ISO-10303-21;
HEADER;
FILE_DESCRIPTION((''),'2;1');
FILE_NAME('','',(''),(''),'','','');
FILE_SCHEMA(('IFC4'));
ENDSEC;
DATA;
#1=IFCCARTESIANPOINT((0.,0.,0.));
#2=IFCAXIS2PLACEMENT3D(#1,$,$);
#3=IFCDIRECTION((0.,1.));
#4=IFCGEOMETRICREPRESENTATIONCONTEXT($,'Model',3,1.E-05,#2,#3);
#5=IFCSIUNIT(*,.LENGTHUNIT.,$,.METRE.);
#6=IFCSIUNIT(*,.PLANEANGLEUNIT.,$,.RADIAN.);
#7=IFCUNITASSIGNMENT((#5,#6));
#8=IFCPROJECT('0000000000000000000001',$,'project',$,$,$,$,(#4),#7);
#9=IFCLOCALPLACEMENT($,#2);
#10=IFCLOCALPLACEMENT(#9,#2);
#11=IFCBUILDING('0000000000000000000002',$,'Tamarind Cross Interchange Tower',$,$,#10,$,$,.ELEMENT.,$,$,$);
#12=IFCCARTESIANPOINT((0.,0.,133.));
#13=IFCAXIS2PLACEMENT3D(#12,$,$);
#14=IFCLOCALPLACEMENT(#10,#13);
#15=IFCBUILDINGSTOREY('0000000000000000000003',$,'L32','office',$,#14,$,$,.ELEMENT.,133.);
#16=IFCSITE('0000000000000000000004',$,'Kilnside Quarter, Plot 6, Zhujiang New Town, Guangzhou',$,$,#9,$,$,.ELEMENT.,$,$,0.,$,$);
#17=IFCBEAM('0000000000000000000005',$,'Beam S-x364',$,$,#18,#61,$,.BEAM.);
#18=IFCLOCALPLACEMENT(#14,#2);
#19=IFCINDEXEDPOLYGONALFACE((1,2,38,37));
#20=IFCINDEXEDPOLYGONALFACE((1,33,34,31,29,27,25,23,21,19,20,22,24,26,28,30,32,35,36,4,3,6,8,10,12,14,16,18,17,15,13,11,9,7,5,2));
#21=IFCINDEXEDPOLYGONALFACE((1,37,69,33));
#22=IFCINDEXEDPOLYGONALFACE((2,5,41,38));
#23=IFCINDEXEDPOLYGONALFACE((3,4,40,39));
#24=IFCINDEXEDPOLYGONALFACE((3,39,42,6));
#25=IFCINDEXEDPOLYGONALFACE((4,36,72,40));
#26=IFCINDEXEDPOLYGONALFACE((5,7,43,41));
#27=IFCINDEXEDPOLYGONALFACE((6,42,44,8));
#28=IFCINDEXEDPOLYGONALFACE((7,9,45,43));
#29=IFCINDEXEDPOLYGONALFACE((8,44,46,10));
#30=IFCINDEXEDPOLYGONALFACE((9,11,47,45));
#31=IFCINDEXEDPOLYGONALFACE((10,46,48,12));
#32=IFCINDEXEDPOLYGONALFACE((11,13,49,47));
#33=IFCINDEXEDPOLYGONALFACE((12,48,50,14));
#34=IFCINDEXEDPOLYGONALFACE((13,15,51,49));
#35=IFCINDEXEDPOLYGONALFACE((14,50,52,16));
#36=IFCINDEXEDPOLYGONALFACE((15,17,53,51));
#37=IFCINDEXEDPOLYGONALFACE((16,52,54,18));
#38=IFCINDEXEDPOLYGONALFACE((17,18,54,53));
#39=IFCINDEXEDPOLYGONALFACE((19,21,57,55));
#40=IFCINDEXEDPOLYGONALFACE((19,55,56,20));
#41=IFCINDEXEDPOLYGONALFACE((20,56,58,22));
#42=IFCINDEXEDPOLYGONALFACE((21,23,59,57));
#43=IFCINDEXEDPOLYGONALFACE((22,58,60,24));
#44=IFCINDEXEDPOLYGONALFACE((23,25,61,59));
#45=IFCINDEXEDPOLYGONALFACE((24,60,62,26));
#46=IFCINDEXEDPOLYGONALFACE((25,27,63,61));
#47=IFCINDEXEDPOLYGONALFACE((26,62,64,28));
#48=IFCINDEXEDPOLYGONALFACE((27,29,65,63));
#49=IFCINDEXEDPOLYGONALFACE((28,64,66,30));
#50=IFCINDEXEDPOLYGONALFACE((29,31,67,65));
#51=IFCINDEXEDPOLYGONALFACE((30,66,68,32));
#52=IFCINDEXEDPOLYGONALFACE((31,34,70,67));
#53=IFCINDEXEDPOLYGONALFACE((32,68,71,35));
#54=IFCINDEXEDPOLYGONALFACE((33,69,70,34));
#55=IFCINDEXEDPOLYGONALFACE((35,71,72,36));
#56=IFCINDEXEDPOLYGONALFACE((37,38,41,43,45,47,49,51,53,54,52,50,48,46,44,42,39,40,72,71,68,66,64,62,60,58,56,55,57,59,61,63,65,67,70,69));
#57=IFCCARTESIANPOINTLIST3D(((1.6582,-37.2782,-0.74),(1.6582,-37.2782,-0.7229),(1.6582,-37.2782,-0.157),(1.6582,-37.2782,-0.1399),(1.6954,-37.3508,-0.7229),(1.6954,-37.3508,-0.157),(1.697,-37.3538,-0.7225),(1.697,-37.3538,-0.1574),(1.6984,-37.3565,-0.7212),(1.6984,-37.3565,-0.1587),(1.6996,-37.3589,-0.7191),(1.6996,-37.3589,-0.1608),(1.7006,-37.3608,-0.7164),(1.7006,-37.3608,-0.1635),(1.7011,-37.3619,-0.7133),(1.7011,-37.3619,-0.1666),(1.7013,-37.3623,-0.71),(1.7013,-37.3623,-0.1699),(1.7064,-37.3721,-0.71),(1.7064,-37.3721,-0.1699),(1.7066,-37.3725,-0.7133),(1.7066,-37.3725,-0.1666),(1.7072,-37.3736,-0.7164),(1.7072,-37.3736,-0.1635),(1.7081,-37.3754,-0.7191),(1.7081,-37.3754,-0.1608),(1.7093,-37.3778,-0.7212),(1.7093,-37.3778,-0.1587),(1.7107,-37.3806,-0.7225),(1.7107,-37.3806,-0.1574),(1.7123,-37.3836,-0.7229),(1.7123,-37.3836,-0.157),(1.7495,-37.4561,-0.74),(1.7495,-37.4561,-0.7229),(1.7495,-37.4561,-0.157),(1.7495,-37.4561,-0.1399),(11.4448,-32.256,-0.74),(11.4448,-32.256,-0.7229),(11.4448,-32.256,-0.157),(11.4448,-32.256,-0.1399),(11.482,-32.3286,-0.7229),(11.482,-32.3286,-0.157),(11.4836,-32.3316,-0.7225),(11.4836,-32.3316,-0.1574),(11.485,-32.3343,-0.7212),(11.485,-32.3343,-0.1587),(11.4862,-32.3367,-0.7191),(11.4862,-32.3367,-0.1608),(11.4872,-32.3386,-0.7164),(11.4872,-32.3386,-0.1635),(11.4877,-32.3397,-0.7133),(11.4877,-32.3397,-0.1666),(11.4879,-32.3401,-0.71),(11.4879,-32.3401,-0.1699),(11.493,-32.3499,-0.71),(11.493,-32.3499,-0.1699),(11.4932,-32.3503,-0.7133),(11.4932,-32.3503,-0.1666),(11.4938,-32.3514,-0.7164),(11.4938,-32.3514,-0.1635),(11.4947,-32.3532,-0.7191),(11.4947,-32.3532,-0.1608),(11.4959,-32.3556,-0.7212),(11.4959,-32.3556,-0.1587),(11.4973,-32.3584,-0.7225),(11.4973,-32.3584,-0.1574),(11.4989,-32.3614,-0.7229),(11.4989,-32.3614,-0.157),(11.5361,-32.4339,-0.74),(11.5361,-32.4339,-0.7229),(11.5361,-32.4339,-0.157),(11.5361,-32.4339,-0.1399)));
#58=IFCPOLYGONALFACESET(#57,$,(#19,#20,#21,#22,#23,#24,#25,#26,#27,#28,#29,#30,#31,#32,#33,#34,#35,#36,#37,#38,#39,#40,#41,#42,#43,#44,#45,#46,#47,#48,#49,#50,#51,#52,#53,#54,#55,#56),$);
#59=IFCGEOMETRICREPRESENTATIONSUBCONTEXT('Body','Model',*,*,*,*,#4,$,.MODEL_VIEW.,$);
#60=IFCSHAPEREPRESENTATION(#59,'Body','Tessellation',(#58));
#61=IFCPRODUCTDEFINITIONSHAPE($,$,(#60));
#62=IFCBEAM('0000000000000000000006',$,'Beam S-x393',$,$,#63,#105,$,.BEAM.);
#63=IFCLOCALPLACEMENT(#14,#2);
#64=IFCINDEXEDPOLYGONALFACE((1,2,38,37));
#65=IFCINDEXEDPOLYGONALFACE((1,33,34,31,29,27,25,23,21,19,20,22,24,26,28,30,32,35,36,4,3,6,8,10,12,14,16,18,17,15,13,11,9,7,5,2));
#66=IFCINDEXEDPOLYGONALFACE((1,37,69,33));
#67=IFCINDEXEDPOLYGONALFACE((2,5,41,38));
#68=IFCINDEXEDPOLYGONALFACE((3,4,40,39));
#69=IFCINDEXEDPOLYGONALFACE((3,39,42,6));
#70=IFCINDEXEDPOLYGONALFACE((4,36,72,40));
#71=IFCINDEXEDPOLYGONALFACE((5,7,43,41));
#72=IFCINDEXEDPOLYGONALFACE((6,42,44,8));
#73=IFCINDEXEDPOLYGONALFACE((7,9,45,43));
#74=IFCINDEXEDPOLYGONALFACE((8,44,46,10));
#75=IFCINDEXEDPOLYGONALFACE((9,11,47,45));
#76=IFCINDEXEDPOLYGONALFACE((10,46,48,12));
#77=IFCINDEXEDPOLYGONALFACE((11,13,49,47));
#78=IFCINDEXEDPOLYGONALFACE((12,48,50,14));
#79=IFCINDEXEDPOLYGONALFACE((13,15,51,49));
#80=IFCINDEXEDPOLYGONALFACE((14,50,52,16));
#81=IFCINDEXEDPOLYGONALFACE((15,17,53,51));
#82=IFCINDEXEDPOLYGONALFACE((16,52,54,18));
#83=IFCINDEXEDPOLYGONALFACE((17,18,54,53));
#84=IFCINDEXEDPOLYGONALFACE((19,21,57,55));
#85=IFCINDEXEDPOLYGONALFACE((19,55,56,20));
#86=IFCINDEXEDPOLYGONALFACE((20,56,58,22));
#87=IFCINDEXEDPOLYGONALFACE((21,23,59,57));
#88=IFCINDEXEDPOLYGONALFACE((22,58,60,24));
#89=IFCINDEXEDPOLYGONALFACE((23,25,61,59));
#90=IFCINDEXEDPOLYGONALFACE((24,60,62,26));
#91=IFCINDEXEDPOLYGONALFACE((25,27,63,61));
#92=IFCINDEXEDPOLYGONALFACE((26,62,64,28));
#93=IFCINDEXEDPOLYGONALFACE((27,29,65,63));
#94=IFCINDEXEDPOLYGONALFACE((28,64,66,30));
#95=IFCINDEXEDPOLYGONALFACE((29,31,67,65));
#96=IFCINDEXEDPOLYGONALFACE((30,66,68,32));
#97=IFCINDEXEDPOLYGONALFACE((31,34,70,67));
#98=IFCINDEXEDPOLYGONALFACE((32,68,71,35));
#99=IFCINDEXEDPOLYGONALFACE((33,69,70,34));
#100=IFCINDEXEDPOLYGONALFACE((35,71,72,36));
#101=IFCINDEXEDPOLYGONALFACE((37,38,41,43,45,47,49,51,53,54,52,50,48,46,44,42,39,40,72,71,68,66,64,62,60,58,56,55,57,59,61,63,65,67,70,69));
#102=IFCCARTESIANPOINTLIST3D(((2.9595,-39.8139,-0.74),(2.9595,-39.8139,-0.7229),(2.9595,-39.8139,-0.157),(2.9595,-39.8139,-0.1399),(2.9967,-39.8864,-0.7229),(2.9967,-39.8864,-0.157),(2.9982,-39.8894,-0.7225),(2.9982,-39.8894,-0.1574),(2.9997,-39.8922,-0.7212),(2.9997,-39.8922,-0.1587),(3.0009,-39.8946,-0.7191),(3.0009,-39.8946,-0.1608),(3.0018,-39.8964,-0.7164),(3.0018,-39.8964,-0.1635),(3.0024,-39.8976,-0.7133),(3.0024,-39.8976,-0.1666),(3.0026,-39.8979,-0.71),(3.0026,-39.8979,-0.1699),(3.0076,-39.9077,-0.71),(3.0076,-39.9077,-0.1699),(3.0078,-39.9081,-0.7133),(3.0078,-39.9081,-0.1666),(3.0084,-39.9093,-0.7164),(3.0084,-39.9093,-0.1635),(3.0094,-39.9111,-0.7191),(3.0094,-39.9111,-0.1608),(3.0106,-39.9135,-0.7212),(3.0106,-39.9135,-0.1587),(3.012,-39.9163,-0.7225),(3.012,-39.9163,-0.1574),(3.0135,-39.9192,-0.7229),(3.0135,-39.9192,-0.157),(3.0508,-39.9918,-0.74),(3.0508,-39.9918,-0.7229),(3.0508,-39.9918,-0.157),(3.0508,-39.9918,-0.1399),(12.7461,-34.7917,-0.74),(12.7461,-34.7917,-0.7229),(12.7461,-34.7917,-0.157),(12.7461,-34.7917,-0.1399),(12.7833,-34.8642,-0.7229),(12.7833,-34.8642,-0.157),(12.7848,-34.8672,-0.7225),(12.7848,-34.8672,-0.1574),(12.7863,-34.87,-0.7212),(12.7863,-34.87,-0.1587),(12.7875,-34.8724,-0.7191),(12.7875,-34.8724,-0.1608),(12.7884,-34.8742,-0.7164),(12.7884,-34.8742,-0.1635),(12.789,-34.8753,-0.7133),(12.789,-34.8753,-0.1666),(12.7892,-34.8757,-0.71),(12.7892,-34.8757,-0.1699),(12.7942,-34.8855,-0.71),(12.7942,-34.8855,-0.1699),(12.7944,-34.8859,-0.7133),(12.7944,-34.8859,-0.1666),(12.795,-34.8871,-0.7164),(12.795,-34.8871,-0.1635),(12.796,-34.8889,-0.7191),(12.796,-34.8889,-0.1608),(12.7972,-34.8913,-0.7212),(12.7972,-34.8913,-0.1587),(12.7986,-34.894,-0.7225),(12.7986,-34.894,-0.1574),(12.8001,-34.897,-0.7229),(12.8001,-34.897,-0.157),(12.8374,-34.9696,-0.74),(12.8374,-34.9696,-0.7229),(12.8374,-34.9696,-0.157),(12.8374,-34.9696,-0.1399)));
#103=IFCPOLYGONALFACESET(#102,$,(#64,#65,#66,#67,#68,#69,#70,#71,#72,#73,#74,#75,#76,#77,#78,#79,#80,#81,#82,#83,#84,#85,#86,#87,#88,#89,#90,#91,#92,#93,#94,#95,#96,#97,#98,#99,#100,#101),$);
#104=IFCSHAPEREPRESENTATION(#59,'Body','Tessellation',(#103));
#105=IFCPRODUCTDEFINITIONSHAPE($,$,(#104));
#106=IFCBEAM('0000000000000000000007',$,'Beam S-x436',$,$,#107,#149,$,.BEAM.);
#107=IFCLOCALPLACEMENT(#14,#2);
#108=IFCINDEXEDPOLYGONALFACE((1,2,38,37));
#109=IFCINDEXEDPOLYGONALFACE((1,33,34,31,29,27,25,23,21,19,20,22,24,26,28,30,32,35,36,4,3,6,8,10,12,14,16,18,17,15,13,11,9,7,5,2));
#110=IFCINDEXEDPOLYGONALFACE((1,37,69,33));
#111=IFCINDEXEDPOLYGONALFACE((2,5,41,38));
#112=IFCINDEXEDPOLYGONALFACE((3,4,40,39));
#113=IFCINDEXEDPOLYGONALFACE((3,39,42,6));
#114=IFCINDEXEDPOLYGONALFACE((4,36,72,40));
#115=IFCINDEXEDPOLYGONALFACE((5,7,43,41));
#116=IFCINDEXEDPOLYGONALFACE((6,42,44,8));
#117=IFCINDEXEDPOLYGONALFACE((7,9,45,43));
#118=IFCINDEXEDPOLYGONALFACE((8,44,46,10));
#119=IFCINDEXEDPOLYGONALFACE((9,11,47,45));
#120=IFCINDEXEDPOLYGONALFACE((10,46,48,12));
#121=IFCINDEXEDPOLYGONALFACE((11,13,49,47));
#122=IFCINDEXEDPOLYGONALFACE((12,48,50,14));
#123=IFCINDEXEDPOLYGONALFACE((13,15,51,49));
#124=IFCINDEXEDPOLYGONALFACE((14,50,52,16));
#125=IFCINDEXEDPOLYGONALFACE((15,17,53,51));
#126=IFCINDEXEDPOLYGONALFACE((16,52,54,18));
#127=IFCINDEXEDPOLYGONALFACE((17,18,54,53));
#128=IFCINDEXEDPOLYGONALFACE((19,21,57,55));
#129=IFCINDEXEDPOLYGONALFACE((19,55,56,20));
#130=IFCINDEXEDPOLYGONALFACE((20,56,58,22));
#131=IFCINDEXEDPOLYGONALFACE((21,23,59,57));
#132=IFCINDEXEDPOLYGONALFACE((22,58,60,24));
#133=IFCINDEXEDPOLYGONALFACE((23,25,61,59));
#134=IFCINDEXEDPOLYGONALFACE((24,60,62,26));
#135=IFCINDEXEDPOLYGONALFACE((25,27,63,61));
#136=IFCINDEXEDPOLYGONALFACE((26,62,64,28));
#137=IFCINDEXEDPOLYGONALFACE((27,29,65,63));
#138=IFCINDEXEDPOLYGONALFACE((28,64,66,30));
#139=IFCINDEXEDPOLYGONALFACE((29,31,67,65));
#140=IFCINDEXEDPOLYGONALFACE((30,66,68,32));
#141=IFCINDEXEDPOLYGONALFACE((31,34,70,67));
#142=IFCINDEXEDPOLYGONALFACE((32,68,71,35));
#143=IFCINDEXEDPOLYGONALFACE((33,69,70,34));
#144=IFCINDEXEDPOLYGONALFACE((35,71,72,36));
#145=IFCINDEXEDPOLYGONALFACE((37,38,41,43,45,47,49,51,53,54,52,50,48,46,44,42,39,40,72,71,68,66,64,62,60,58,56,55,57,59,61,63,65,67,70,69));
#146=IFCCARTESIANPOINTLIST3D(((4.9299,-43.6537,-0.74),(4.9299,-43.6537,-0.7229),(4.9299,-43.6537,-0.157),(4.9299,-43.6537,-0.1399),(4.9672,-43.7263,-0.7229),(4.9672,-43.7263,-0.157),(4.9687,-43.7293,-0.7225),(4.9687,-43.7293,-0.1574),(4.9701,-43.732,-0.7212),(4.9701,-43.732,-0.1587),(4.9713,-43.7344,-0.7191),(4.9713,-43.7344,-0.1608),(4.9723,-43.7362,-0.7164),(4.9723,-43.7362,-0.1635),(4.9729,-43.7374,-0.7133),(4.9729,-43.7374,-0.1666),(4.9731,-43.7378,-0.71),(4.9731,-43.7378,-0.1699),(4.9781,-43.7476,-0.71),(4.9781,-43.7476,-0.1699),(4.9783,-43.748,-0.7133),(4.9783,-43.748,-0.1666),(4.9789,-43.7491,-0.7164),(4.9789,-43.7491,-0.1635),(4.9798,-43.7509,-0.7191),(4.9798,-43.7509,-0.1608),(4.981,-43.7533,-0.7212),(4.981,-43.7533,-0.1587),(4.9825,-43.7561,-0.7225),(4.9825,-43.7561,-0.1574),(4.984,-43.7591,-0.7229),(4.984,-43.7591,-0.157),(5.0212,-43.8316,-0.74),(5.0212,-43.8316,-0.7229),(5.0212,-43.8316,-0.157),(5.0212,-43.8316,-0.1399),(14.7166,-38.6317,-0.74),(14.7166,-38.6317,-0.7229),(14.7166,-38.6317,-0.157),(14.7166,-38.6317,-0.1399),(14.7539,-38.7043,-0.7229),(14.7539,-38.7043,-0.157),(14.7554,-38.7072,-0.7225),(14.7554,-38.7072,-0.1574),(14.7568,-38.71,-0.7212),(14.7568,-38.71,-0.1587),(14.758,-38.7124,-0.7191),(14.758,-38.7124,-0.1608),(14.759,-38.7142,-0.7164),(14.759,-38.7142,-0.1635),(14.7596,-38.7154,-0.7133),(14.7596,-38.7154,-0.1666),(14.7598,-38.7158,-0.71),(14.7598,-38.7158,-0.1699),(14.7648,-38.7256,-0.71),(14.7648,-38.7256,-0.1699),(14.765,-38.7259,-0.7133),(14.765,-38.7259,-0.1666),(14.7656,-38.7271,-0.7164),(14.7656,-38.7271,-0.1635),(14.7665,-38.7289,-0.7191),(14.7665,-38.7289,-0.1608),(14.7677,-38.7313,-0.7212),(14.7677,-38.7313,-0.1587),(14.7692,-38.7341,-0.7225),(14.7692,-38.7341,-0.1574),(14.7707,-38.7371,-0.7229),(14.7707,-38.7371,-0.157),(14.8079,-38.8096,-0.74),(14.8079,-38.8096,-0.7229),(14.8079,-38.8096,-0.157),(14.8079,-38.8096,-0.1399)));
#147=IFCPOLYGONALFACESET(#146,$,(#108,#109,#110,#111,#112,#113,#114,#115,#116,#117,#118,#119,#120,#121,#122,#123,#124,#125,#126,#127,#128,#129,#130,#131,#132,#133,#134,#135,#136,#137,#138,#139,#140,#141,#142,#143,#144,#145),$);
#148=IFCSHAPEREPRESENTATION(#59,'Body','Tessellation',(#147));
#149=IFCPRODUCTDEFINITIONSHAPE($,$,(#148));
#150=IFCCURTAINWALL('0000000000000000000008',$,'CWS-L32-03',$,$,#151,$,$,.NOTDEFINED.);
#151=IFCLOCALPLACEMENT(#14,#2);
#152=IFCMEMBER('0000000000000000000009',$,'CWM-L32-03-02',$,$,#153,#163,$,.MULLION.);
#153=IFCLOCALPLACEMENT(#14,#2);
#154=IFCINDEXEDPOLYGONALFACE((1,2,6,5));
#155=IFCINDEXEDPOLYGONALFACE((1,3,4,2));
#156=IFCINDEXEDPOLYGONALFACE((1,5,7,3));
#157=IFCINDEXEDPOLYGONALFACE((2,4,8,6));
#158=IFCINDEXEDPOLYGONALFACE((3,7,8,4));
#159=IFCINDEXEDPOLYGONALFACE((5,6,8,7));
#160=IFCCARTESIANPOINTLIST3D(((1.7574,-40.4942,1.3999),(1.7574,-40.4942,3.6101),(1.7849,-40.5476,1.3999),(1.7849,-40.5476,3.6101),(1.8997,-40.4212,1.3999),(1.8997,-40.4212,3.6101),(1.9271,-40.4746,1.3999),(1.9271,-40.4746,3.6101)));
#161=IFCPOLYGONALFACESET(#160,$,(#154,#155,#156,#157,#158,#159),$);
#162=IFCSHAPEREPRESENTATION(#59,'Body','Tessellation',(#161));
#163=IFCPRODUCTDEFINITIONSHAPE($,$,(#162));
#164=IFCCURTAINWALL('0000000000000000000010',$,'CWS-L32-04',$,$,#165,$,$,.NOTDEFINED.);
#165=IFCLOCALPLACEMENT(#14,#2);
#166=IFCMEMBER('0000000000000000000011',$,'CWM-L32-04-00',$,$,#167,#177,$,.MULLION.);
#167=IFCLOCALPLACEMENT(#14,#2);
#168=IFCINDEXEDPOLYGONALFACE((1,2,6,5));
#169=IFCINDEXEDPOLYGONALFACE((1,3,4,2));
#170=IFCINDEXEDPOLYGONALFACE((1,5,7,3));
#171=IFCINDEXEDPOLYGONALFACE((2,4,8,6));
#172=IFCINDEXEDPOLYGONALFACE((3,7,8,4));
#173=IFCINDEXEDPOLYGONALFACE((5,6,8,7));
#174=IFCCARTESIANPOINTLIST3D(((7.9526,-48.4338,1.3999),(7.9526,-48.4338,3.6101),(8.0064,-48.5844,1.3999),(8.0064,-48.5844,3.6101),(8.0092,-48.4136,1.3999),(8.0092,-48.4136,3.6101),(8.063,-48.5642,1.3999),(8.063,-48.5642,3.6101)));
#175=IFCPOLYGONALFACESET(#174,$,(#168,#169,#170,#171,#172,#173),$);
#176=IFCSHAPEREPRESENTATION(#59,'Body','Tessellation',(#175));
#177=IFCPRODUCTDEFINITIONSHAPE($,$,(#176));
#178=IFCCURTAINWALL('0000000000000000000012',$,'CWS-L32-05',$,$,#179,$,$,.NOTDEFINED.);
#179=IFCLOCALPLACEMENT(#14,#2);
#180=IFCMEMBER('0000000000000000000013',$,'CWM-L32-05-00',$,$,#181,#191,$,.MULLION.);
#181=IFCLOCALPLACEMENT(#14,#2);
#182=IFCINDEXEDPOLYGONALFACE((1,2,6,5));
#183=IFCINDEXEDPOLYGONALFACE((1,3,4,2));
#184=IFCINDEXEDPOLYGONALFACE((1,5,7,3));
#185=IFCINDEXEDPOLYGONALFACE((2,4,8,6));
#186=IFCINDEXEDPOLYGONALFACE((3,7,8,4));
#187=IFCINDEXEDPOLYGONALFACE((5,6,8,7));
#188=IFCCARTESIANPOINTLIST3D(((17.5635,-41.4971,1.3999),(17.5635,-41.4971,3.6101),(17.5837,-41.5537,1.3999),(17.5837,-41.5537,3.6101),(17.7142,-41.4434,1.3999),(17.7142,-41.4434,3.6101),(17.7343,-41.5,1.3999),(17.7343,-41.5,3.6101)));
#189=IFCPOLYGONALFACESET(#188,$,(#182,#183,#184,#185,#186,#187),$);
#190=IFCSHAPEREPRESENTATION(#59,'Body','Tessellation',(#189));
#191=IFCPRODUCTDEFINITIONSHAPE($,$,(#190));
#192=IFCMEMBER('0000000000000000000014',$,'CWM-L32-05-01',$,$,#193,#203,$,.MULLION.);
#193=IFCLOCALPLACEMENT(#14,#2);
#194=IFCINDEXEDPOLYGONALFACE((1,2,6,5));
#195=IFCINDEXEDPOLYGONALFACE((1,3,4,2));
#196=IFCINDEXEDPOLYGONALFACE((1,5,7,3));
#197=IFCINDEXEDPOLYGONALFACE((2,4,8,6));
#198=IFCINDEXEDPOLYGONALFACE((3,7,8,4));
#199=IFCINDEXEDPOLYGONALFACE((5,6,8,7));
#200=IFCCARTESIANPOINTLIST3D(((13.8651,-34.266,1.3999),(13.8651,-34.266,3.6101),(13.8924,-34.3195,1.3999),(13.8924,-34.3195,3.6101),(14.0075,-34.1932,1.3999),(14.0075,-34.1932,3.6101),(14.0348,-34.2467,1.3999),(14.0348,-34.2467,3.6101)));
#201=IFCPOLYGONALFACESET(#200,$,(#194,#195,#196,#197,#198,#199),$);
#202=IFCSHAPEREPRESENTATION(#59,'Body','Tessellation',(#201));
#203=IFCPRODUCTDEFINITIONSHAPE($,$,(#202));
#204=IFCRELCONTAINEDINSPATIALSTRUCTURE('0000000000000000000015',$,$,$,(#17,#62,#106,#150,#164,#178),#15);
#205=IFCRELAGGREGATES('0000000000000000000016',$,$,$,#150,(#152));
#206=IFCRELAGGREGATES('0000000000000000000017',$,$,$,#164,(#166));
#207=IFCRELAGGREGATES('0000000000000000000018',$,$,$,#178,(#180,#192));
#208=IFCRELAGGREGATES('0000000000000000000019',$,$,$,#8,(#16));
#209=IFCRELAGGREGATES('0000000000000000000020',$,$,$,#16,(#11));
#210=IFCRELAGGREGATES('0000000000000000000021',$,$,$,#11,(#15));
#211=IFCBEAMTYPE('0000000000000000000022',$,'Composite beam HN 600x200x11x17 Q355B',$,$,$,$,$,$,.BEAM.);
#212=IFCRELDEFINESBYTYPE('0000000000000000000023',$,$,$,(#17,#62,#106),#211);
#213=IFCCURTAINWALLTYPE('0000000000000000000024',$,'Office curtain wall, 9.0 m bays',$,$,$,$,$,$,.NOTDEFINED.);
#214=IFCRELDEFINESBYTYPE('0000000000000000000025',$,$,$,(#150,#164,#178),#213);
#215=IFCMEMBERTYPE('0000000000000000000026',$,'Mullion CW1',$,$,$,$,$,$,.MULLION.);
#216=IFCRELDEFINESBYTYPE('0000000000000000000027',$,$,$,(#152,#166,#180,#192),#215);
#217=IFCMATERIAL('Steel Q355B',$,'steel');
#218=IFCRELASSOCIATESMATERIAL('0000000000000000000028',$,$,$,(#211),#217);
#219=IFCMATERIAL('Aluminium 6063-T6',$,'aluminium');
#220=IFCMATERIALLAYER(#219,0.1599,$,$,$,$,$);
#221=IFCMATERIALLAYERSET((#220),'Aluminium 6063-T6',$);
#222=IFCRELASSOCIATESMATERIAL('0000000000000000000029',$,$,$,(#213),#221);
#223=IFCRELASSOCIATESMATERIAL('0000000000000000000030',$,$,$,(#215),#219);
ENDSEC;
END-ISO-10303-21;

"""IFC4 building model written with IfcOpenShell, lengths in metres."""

from ifc_helpers import new_model, si_unit, direction, frame, origin, origin_2d, place, context, subcontext, project, spatial, rectangle, i_section, extrude, material, layer, layer_set, material_profile, profile_set, type_object, element, aggregate, save


model = new_model("IFC4")

# Units and contexts
model_context = context("Model", 3, precision=1e-05, world=origin(), true_north=direction((0.0, 1.0)))
body_context = subcontext(model_context, "Body", "Model", "MODEL_VIEW")
ifc_project = project(units=[si_unit("LENGTHUNIT", "METRE"), si_unit("PLANEANGLEUNIT", "RADIAN")], contexts=[model_context])

# Site, building, storey
site_placement = place(None, origin())
site = spatial("IfcSite", under=ifc_project, at=site_placement, Name="Kilnside Quarter, Plot 6, Zhujiang New Town, Guangzhou", CompositionType="ELEMENT", RefElevation=0.0)
building_placement = place(site_placement, origin())
building = spatial("IfcBuilding", under=site, at=building_placement, Name="Tamarind Cross Interchange Tower", CompositionType="ELEMENT")
storey_placement = place(building_placement, frame((0.0, 0.0, 133.0)))
storey = spatial("IfcBuildingStorey", under=building, at=storey_placement, Name="L32", Description="office", CompositionType="ELEMENT", Elevation=133.0)

# Beams
ifc_material_1 = material(Name="Steel Q355B", Category="steel")
ifc_material_profile_1 = material_profile(ifc_material_1, i_section(OverallWidth=0.2, OverallDepth=0.6001, WebThickness=0.011, FlangeThickness=0.0171, FilletRadius=0.0129, at=origin_2d()), Name="HN 600x200x11x17")
ifc_profile_set_1 = profile_set([ifc_material_profile_1], Name="Steel Q355B")
beam_type_1 = type_object("IfcBeamType", Name="Composite beam HN 600x200x11x17 Q355B", PredefinedType="BEAM", material=ifc_profile_set_1)
for number, where, z_axis, x_axis, name in (
    (1, (1.7039, -37.3672, -0.4399), (0.889691, 0.456564, 0.0), (-0.456564, 0.889691, 0.0), "Beam S-x364"),
    (2, (3.0051, -39.9028, -0.4399), (0.889691, 0.456564, 0.0), (-0.456564, 0.889691, 0.0), "Beam S-x393"),
    (3, (4.9756, -43.7427, -0.4399), (0.8897, 0.456546, 0.0), (-0.456546, 0.8897, 0.0), "Beam S-x436"),
):
    element("IfcBeam", number, at=place(storey_placement, frame(where, z_axis=z_axis, x_axis=x_axis)), inside=storey, type_object=beam_type_1, Name=name, PredefinedType="BEAM", context=body_context, shape_type="SweptSolid", body=[
        extrude(i_section(OverallWidth=0.2, OverallDepth=0.6001, WebThickness=0.011, FlangeThickness=0.0171, FilletRadius=0.0129, at=origin_2d()), origin(), (0.0, 0.0, 1.0), 11.0),
    ])

# Curtain walls, members
ifc_material_2 = material(Name="Aluminium 6063-T6", Category="aluminium")
ifc_layer_1 = layer(ifc_material_2, 0.1599)
ifc_layer_set_1 = layer_set([ifc_layer_1], Name="Aluminium 6063-T6")
curtain_wall_type = type_object("IfcCurtainWallType", Name="Office curtain wall, 9.0 m bays", PredefinedType="NOTDEFINED", material=ifc_layer_set_1)
curtain_wall_1_placement = place(storey_placement, origin())
curtain_wall_1 = element("IfcCurtainWall", 4, at=curtain_wall_1_placement, inside=storey, type_object=curtain_wall_type, Name="CWS-L32-03", PredefinedType="NOTDEFINED")
ifc_material_profile_2 = material_profile(ifc_material_2, rectangle(XDim=0.0601, YDim=0.1599, at=origin_2d()), Name="Mullion CW1")
ifc_profile_set_2 = profile_set([ifc_material_profile_2], Name="Aluminium 6063-T6")
member_type = type_object("IfcMemberType", Name="Mullion CW1", PredefinedType="MULLION", material=ifc_profile_set_2)
member_1_placement = place(storey_placement, frame((1.8423, -40.4844, 1.3999), z_axis=(0.0, 0.0, 1.0), x_axis=(0.456551, -0.889697, 0.0)))
member_1 = element("IfcMember", 5, at=member_1_placement, type_object=member_type, Name="CWM-L32-03-02", PredefinedType="MULLION", context=body_context, shape_type="SweptSolid", body=[
    extrude(rectangle(XDim=0.0601, YDim=0.1599, at=origin_2d()), origin(), (0.0, 0.0, 1.0), 2.2102),
])
aggregate(curtain_wall_1, [member_1])
curtain_wall_2_placement = place(storey_placement, origin())
curtain_wall_2 = element("IfcCurtainWall", 6, at=curtain_wall_2_placement, inside=storey, type_object=curtain_wall_type, Name="CWS-L32-04", PredefinedType="NOTDEFINED")
member_2_placement = place(storey_placement, frame((8.0078, -48.499, 1.3999), z_axis=(0.0, 0.0, 1.0), x_axis=(0.941677, 0.336517, 0.0)))
member_2 = element("IfcMember", 7, at=member_2_placement, type_object=member_type, Name="CWM-L32-04-00", PredefinedType="MULLION", context=body_context, shape_type="SweptSolid", body=[
    extrude(rectangle(XDim=0.0601, YDim=0.1599, at=origin_2d()), origin(), (0.0, 0.0, 1.0), 2.2102),
])
aggregate(curtain_wall_2, [member_2])

# Curtain wall, members
curtain_wall_3_placement = place(storey_placement, origin())
curtain_wall_3 = element("IfcCurtainWall", 8, at=curtain_wall_3_placement, inside=storey, type_object=curtain_wall_type, Name="CWS-L32-05", PredefinedType="NOTDEFINED")
member_3_placement = place(storey_placement, frame((17.6489, -41.4985, 1.3999), z_axis=(0.0, 0.0, 1.0), x_axis=(-0.335615, 0.941999, 0.0)))
member_3 = element("IfcMember", 9, at=member_3_placement, type_object=member_type, Name="CWM-L32-05-00", PredefinedType="MULLION", context=body_context, shape_type="SweptSolid", body=[
    extrude(rectangle(XDim=0.0601, YDim=0.1599, at=origin_2d()), origin(), (0.0, 0.0, 1.0), 2.2102),
])
member_4_placement = place(storey_placement, frame((13.95, -34.2563, 1.3999), z_axis=(0.0, 0.0, 1.0), x_axis=(-0.454847, 0.89057, 0.0)))
member_4 = element("IfcMember", 10, at=member_4_placement, type_object=member_type, Name="CWM-L32-05-01", PredefinedType="MULLION", context=body_context, shape_type="SweptSolid", body=[
    extrude(rectangle(XDim=0.0601, YDim=0.1599, at=origin_2d()), origin(), (0.0, 0.0, 1.0), 2.2102),
])
aggregate(curtain_wall_3, [member_3, member_4])

save(model, "model.ifc")
